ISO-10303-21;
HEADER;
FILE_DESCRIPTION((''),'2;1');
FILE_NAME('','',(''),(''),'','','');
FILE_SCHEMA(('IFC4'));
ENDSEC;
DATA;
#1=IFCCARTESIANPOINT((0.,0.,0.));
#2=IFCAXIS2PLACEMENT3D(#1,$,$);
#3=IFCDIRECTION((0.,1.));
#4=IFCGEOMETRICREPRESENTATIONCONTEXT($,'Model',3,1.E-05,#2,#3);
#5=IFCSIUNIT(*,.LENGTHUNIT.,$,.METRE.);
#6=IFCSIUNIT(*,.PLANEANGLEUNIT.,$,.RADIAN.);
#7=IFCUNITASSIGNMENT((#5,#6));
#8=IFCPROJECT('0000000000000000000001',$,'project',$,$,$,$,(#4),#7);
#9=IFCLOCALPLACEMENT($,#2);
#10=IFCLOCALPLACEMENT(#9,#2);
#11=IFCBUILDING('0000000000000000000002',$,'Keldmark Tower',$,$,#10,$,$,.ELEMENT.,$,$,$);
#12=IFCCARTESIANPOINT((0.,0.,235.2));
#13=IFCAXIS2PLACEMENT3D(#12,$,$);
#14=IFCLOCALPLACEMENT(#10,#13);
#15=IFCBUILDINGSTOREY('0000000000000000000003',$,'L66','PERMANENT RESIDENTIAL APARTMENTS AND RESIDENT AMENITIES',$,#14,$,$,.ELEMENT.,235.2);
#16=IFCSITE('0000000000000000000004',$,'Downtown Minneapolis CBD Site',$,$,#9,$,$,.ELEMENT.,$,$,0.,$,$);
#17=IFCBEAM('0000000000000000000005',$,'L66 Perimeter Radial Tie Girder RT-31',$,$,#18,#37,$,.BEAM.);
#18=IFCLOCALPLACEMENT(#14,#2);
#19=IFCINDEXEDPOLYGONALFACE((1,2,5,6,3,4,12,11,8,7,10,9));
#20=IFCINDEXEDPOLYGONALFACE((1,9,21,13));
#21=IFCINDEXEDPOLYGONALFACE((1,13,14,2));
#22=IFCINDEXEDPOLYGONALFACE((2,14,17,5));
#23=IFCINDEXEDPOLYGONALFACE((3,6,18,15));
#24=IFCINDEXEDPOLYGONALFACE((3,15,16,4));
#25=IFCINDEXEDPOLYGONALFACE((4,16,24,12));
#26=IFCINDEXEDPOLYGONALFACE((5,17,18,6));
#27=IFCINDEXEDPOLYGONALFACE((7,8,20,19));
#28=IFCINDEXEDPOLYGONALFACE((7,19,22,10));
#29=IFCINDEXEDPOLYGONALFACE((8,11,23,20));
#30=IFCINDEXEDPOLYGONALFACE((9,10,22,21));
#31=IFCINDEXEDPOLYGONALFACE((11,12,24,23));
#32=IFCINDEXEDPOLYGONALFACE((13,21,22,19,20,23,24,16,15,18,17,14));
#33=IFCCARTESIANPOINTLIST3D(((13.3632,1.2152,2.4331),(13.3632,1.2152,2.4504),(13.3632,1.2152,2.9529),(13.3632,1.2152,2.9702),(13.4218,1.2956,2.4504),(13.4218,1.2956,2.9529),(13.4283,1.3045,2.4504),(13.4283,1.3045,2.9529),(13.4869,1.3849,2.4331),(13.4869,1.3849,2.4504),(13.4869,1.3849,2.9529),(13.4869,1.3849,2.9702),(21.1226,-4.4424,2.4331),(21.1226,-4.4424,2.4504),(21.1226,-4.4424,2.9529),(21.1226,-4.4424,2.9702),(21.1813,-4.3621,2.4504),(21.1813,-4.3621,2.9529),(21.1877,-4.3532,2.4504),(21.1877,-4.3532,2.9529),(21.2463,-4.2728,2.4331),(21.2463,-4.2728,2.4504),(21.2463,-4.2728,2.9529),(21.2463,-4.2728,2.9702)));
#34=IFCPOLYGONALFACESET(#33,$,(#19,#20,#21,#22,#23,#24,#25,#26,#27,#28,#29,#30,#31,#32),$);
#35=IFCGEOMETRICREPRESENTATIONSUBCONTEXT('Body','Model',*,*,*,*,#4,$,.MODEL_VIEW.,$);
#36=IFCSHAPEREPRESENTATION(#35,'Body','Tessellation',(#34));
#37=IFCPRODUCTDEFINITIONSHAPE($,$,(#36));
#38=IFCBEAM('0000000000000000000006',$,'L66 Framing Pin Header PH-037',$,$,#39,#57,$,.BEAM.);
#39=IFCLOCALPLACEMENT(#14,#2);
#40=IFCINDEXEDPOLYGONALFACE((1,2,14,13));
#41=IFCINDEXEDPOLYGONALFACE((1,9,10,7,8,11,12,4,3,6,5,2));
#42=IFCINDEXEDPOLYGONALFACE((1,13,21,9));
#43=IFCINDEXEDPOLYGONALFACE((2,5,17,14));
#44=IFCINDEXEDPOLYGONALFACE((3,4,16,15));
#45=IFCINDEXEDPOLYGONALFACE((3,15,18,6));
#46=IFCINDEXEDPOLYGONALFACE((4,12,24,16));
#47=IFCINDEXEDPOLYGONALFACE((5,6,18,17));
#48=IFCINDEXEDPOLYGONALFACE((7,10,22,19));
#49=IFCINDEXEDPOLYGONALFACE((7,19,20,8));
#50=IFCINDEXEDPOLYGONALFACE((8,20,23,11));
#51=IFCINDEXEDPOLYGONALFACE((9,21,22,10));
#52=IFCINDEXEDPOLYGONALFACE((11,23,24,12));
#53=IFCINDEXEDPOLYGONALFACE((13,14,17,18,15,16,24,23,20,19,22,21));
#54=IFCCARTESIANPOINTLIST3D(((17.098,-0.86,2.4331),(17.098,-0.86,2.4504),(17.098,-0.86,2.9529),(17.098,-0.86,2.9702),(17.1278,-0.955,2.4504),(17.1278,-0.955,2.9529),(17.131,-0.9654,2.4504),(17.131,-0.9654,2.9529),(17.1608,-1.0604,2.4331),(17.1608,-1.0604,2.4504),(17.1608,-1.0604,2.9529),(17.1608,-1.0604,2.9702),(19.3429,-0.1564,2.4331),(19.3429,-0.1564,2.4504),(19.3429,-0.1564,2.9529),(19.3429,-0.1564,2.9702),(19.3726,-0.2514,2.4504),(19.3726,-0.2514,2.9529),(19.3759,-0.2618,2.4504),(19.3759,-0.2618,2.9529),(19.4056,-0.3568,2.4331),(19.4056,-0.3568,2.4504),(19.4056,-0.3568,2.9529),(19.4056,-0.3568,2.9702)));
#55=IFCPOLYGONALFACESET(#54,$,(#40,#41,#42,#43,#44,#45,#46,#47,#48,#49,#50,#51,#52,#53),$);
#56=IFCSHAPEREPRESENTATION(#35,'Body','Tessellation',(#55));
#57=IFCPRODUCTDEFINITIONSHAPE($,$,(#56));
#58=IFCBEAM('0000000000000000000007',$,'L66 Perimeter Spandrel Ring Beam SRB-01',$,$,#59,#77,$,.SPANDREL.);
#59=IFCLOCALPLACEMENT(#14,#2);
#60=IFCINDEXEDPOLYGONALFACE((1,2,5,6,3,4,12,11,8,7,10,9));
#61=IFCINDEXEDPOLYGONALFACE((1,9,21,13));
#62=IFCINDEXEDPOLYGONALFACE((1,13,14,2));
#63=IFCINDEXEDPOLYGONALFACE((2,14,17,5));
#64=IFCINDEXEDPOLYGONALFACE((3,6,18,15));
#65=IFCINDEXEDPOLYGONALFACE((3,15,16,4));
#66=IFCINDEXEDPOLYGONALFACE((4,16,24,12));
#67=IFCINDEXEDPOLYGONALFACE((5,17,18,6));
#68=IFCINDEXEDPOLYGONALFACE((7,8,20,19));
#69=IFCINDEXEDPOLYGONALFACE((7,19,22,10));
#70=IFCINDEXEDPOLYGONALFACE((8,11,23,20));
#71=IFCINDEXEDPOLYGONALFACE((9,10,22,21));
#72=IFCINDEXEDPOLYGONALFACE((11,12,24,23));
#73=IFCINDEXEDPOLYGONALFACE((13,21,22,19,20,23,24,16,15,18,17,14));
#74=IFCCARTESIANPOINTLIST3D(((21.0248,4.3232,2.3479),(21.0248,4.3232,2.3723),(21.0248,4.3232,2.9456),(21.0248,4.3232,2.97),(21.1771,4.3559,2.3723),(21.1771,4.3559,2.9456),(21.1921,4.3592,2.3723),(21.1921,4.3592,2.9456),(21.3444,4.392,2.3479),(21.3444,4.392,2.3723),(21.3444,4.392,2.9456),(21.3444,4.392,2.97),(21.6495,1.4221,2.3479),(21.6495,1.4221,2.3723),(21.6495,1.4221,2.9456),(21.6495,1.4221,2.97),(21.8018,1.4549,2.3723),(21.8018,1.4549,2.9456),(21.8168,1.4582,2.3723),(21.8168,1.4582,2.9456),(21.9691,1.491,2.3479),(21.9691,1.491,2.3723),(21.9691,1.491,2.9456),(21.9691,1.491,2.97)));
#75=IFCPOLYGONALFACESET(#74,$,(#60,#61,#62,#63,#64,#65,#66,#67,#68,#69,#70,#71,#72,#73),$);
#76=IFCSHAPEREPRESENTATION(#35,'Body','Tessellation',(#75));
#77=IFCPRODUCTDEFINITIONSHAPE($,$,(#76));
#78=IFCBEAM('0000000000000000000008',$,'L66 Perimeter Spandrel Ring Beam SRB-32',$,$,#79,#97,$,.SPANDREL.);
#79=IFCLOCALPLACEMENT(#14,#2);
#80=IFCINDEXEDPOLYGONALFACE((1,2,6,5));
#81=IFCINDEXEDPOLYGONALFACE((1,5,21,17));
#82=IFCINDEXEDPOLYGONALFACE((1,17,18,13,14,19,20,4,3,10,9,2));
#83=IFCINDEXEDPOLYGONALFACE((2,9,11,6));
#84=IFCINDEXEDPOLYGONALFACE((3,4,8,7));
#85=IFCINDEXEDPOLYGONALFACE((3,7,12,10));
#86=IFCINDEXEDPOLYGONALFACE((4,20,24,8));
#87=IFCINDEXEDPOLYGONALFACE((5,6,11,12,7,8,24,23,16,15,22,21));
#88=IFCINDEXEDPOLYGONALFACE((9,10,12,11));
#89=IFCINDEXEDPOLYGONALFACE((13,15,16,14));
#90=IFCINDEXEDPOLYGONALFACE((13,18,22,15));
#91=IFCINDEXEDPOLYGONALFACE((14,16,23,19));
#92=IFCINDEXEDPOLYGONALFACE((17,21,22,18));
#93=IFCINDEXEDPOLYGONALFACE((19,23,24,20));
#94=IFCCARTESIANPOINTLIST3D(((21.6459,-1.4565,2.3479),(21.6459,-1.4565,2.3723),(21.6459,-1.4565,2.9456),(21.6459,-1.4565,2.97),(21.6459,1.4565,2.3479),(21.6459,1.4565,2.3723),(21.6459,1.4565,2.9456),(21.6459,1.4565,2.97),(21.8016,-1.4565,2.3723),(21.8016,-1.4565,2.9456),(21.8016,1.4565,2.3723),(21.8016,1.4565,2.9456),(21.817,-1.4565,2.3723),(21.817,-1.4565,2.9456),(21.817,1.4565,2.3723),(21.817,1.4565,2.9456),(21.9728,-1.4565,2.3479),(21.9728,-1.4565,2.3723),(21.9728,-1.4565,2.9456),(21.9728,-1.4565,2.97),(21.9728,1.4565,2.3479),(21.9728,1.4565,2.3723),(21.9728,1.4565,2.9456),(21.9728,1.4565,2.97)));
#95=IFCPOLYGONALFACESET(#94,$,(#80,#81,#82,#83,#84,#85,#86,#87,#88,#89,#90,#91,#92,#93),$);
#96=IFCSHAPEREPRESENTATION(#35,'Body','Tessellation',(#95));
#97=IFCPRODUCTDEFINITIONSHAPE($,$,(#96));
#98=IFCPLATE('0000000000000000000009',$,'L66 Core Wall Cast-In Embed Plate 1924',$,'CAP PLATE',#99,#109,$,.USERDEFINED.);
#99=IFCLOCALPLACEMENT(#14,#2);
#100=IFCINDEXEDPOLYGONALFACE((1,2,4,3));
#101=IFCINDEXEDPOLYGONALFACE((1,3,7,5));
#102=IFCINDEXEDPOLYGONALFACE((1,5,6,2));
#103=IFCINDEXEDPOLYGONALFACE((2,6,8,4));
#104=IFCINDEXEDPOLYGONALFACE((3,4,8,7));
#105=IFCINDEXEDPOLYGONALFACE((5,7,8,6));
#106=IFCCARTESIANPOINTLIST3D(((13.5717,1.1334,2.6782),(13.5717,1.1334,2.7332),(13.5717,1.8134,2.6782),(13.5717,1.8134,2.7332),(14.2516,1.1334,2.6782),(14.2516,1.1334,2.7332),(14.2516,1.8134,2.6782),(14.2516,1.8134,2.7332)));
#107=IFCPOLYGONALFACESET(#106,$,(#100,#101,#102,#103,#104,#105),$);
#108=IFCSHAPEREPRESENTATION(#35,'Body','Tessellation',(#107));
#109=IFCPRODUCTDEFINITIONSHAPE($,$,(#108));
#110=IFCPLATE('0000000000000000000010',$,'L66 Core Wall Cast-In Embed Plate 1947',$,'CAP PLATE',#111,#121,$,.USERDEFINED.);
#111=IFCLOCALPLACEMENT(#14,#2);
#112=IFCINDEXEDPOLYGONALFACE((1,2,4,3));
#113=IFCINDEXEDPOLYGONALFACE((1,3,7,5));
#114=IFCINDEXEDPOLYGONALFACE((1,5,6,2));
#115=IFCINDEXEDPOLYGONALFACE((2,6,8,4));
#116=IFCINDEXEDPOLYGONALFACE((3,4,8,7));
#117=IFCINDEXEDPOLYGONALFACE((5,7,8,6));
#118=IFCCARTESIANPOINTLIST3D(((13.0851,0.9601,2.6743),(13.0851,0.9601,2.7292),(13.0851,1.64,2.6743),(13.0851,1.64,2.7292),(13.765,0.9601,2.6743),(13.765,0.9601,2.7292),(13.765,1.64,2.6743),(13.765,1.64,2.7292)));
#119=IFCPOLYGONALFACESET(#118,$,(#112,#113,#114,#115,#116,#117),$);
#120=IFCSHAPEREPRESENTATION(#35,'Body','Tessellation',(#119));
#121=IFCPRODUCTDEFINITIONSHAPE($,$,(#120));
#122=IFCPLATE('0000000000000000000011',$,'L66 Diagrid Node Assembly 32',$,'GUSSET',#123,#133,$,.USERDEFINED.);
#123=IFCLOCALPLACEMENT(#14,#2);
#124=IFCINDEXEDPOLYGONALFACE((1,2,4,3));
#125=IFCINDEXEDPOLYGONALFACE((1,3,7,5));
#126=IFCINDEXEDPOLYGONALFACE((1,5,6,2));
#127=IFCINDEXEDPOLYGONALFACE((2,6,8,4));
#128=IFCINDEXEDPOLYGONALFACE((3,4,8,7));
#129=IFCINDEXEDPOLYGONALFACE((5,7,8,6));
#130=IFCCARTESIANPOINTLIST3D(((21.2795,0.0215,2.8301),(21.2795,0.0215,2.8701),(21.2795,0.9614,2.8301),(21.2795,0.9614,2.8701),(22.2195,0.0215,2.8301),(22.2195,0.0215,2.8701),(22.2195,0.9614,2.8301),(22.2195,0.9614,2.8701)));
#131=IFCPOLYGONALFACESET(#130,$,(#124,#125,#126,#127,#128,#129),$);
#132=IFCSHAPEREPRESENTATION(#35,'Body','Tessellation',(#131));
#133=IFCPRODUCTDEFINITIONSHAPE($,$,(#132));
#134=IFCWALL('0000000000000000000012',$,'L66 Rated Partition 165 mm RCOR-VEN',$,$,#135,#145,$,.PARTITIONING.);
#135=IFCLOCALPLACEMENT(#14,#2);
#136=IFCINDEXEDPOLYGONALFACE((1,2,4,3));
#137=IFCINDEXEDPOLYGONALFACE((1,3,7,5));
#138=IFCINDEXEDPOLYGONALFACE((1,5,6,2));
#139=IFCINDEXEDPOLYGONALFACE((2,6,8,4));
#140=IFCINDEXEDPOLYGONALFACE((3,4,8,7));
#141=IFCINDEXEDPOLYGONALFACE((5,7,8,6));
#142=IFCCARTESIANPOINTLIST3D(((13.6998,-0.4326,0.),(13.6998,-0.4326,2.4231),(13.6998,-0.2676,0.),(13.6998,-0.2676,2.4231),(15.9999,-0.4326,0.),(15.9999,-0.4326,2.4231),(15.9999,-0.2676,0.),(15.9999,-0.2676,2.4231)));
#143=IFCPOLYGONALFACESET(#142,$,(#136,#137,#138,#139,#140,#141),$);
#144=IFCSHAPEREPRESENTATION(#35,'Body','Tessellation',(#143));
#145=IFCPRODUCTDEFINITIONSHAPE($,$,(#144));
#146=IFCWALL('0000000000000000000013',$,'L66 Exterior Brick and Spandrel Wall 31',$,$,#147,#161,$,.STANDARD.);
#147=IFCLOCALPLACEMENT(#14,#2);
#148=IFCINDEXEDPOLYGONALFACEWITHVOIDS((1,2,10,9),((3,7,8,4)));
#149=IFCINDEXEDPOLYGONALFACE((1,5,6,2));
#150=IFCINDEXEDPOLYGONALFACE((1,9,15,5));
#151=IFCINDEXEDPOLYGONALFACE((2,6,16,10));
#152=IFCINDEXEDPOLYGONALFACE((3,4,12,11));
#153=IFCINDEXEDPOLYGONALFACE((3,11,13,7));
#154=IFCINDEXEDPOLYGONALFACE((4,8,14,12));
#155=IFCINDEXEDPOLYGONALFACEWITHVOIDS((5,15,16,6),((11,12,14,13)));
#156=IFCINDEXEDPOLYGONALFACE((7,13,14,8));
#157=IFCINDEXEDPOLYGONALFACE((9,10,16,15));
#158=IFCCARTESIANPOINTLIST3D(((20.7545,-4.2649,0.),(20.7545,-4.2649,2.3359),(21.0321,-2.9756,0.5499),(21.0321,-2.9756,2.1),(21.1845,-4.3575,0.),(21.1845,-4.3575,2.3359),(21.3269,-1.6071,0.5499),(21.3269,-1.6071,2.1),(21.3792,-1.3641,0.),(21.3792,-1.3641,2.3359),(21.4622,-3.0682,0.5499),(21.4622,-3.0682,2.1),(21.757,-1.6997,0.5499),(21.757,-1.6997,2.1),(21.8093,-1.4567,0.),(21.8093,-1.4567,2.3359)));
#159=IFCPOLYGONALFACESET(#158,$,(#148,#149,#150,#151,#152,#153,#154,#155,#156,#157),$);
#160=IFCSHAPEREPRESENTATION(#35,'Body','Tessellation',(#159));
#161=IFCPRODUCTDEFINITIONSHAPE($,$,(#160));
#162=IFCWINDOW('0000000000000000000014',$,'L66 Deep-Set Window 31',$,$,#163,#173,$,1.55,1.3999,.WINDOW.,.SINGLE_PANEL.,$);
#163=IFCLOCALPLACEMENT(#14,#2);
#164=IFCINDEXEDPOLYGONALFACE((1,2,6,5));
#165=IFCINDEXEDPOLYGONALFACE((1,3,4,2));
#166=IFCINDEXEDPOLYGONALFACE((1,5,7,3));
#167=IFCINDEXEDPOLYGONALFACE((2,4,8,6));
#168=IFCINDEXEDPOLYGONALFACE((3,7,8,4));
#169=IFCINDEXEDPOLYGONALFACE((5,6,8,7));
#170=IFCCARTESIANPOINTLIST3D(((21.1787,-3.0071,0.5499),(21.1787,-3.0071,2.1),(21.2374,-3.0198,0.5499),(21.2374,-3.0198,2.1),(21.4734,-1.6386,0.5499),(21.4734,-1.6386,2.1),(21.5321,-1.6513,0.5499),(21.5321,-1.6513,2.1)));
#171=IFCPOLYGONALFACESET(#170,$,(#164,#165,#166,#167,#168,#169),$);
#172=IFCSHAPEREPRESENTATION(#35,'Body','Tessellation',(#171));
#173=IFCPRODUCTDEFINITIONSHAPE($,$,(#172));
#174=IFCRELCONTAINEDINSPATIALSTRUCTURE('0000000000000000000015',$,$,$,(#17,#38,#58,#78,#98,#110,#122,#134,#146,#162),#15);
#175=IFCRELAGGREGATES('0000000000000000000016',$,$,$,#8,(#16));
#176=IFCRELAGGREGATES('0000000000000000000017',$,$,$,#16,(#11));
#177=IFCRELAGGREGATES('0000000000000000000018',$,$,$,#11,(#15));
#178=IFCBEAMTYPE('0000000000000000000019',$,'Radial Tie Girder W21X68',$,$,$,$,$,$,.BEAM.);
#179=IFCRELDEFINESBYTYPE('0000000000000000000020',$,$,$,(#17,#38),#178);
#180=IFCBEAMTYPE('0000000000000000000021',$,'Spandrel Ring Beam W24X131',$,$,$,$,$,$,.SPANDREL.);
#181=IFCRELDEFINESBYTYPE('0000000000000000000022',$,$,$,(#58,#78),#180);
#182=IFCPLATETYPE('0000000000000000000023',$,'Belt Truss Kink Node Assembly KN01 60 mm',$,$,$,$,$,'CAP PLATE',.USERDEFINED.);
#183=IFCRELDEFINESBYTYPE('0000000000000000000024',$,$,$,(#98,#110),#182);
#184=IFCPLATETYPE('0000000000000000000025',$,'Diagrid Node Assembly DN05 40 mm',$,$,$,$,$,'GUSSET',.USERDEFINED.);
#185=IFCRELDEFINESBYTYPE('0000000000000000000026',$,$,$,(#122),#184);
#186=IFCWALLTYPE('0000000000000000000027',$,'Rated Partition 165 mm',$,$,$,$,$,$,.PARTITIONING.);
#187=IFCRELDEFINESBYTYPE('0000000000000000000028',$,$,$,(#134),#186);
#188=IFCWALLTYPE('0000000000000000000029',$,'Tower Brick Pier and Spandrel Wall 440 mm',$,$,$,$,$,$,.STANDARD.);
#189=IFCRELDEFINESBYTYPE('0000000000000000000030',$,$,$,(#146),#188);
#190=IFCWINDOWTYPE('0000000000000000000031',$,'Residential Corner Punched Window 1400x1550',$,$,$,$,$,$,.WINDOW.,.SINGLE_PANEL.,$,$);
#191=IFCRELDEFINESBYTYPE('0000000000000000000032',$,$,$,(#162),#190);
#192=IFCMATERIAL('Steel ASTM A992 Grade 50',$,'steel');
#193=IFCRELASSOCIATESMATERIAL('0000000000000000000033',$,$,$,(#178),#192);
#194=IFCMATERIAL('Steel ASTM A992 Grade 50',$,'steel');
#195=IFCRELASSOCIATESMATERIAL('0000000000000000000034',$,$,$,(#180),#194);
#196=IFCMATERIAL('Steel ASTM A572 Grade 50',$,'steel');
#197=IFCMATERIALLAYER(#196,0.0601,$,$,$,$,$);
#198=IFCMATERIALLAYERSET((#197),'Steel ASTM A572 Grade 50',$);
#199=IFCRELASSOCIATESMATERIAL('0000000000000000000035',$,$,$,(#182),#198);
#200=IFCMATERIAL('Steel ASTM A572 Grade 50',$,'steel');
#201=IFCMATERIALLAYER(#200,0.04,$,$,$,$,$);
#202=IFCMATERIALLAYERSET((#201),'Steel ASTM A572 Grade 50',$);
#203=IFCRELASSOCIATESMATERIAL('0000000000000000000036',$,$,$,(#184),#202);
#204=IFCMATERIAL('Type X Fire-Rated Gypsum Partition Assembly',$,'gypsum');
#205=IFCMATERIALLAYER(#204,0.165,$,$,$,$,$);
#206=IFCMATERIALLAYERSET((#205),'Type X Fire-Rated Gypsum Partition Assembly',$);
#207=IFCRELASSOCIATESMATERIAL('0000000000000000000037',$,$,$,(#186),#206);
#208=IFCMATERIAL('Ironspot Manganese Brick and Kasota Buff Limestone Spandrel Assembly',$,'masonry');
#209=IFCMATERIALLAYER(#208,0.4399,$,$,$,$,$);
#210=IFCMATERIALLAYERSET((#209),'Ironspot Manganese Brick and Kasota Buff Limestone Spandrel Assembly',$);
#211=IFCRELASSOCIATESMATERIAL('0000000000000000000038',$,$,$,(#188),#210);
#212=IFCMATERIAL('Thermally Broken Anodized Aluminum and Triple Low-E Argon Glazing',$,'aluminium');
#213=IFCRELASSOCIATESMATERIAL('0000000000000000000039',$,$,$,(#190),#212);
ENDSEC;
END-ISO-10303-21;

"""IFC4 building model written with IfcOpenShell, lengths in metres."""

from ifc_helpers import new_model, si_unit, direction, frame, frame_2d, origin, origin_2d, place, context, subcontext, project, spatial, rectangle, i_section, extrude, material, layer, layer_set, material_profile, profile_set, type_object, element, fill, save


model = new_model("IFC4")

# Units and contexts
model_context = context("Model", 3, precision=1e-05, world=origin(), true_north=direction((0.0, 1.0)))
body_context = subcontext(model_context, "Body", "Model", "MODEL_VIEW")
ifc_project = project(units=[si_unit("LENGTHUNIT", "METRE"), si_unit("PLANEANGLEUNIT", "RADIAN")], contexts=[model_context])

# Site, building, storey
site_placement = place(None, origin())
site = spatial("IfcSite", under=ifc_project, at=site_placement, Name="Downtown Minneapolis CBD Site", CompositionType="ELEMENT", RefElevation=0.0)
building_placement = place(site_placement, origin())
building = spatial("IfcBuilding", under=site, at=building_placement, Name="Keldmark Tower", CompositionType="ELEMENT")
storey_placement = place(building_placement, frame((0.0, 0.0, 235.2)))
storey = spatial("IfcBuildingStorey", under=building, at=storey_placement, Name="L66", Description="PERMANENT RESIDENTIAL APARTMENTS AND RESIDENT AMENITIES", CompositionType="ELEMENT", Elevation=235.2)

# Beams
ifc_material_1 = material(Name="Steel ASTM A992 Grade 50", Category="steel")
ifc_material_profile_1 = material_profile(ifc_material_1, i_section(OverallWidth=0.21, OverallDepth=0.5371, WebThickness=0.011, FlangeThickness=0.0173, at=origin_2d()), Name="W21X68")
ifc_profile_set_1 = profile_set([ifc_material_profile_1], Name="Steel ASTM A992 Grade 50")
beam_type_1 = type_object("IfcBeamType", Name="Radial Tie Girder W21X68", PredefinedType="BEAM", material=ifc_profile_set_1)
beam_1_placement = place(storey_placement, frame((13.425, 1.3, 2.7017), z_axis=(0.808021, -0.589154, 0.0), x_axis=(0.589154, 0.808021, 0.0)))
element("IfcBeam", 1, at=beam_1_placement, inside=storey, type_object=beam_type_1, Name="L66 Perimeter Radial Tie Girder RT-31", PredefinedType="BEAM", context=body_context, shape_type="SweptSolid", body=[
    extrude(i_section(OverallWidth=0.21, OverallDepth=0.5371, WebThickness=0.011, FlangeThickness=0.0173, at=origin_2d()), origin(), (0.0, 0.0, 1.0), 9.603),
])
beam_2_placement = place(storey_placement, frame((17.1294, -0.9602, 2.7017), z_axis=(0.954227, 0.299084, 0.0), x_axis=(-0.299084, 0.954227, 0.0)))
element("IfcBeam", 2, at=beam_2_placement, inside=storey, type_object=beam_type_1, Name="L66 Framing Pin Header PH-037", PredefinedType="BEAM", context=body_context, shape_type="SweptSolid", body=[
    extrude(i_section(OverallWidth=0.21, OverallDepth=0.5371, WebThickness=0.011, FlangeThickness=0.0173, at=origin_2d()), origin(), (0.0, 0.0, 1.0), 2.3525),
])
ifc_material_2 = material(Name="Steel ASTM A992 Grade 50", Category="steel")
ifc_material_profile_2 = material_profile(ifc_material_2, i_section(OverallWidth=0.3269, OverallDepth=0.6221, WebThickness=0.0154, FlangeThickness=0.0244, at=origin_2d()), Name="W24X131")
ifc_profile_set_2 = profile_set([ifc_material_profile_2], Name="Steel ASTM A992 Grade 50")
beam_type_2 = type_object("IfcBeamType", Name="Spandrel Ring Beam W24X131", PredefinedType="SPANDREL", material=ifc_profile_set_2)
beam_3_placement = place(storey_placement, frame((21.8093, 1.4565, 2.6589), z_axis=(-0.210523, 0.977589, 0.0), x_axis=(-0.977589, -0.210523, 0.0)))
element("IfcBeam", 3, at=beam_3_placement, inside=storey, type_object=beam_type_2, Name="L66 Perimeter Spandrel Ring Beam SRB-01", PredefinedType="SPANDREL", context=body_context, shape_type="SweptSolid", body=[
    extrude(i_section(OverallWidth=0.3269, OverallDepth=0.6221, WebThickness=0.0154, FlangeThickness=0.0244, at=origin_2d()), origin(), (0.0, 0.0, 1.0), 2.9675),
])
beam_4_placement = place(storey_placement, frame((21.8093, -1.4565, 2.6589), z_axis=(0.0, 1.0, 0.0), x_axis=(-1.0, 0.0, 0.0)))
element("IfcBeam", 4, at=beam_4_placement, inside=storey, type_object=beam_type_2, Name="L66 Perimeter Spandrel Ring Beam SRB-32", PredefinedType="SPANDREL", context=body_context, shape_type="SweptSolid", body=[
    extrude(i_section(OverallWidth=0.3269, OverallDepth=0.6221, WebThickness=0.0154, FlangeThickness=0.0244, at=origin_2d()), origin(), (0.0, 0.0, 1.0), 2.9131),
])

# Plates
ifc_material_3 = material(Name="Steel ASTM A572 Grade 50", Category="steel")
ifc_layer_1 = layer(ifc_material_3, 0.0601)
ifc_layer_set_1 = layer_set([ifc_layer_1], Name="Steel ASTM A572 Grade 50")
plate_type_1 = type_object("IfcPlateType", Name="Belt Truss Kink Node Assembly KN01 60 mm", ElementType="CAP PLATE", PredefinedType="USERDEFINED", material=ifc_layer_set_1)
for number, where, z_axis, x_axis, name in (
    (5, (13.9116, 1.4734, 2.6782), (0.0, 0.0, 1.0), (1.0, 0.0, 0.0), "L66 Core Wall Cast-In Embed Plate 1924"),
    (6, (13.425, 1.3, 2.6743), (0.0, 0.0, 1.0), (1.0, 0.0, 0.0), "L66 Core Wall Cast-In Embed Plate 1947"),
):
    element("IfcPlate", number, at=place(storey_placement, frame(where, z_axis=z_axis, x_axis=x_axis)), inside=storey, type_object=plate_type_1, Name=name, ObjectType="CAP PLATE", PredefinedType="USERDEFINED", context=body_context, shape_type="SweptSolid", body=[
        extrude(rectangle(XDim=0.6799, YDim=0.6799, at=origin_2d()), origin(), (0.0, 0.0, 1.0), 0.0549),
    ])
ifc_material_4 = material(Name="Steel ASTM A572 Grade 50", Category="steel")
ifc_layer_2 = layer(ifc_material_4, 0.04)
ifc_layer_set_2 = layer_set([ifc_layer_2], Name="Steel ASTM A572 Grade 50")
plate_type_2 = type_object("IfcPlateType", Name="Diagrid Node Assembly DN05 40 mm", ElementType="GUSSET", PredefinedType="USERDEFINED", material=ifc_layer_set_2)
plate_placement = place(storey_placement, frame((21.7495, 0.4915, 2.8301), z_axis=(0.0, 0.0, 1.0), x_axis=(0.0, 1.0, 0.0)))
element("IfcPlate", 7, at=plate_placement, inside=storey, type_object=plate_type_2, Name="L66 Diagrid Node Assembly 32", ObjectType="GUSSET", PredefinedType="USERDEFINED", context=body_context, shape_type="SweptSolid", body=[
    extrude(rectangle(XDim=0.9399, YDim=0.9399, at=origin_2d()), origin(), (0.0, 0.0, 1.0), 0.04),
])

# Shared definitions
ifc_material_5 = material(Name="Type X Fire-Rated Gypsum Partition Assembly", Category="gypsum")
ifc_layer_3 = layer(ifc_material_5, 0.165)
ifc_layer_set_3 = layer_set([ifc_layer_3], Name="Type X Fire-Rated Gypsum Partition Assembly")
wall_type_1 = type_object("IfcWallType", Name="Rated Partition 165 mm", PredefinedType="PARTITIONING", material=ifc_layer_set_3)

# Wall
wall_1_placement = place(storey_placement, frame((13.7, -0.3501, 0.0), z_axis=(0.0, 0.0, 1.0), x_axis=(1.0, 0.0, 0.0)))
element("IfcWall", 8, at=wall_1_placement, inside=storey, type_object=wall_type_1, Name="L66 Rated Partition 165 mm RCOR-VEN", PredefinedType="PARTITIONING", context=body_context, shape_type="SweptSolid", body=[
    extrude(rectangle(XDim=2.3, YDim=0.165, at=frame_2d((1.1499, 0.0))), origin(), (0.0, 0.0, 1.0), 2.4231),
])

# Wall, opening, window
ifc_material_6 = material(Name="Ironspot Manganese Brick and Kasota Buff Limestone Spandrel Assembly", Category="masonry")
ifc_layer_4 = layer(ifc_material_6, 0.4399)
ifc_layer_set_4 = layer_set([ifc_layer_4], Name="Ironspot Manganese Brick and Kasota Buff Limestone Spandrel Assembly")
wall_type_2 = type_object("IfcWallType", Name="Tower Brick Pier and Spandrel Wall 440 mm", PredefinedType="STANDARD", material=ifc_layer_set_4)
wall_2_placement = place(storey_placement, frame((21.5942, -1.4104, 0.0), z_axis=(0.0, 0.0, 1.0), x_axis=(-0.21054, -0.977585, 0.0)))
wall_2 = element("IfcWall", 9, at=wall_2_placement, inside=storey, type_object=wall_type_2, Name="L66 Exterior Brick and Spandrel Wall 31", PredefinedType="STANDARD", context=body_context, shape_type="SweptSolid", body=[
    extrude(rectangle(XDim=2.9673, YDim=0.4399, at=frame_2d((1.4836, 0.0))), origin(), (0.0, 0.0, 1.0), 2.3359),
])
opening_1_placement = place(wall_2_placement, frame((0.2485, 0.0, 0.55)))
opening_1 = element("IfcOpeningElement", 10, at=opening_1_placement, cuts=wall_2, PredefinedType="OPENING", context=body_context, shape_type="SweptSolid", body=[
    extrude(rectangle(XDim=1.3999, YDim=1.55, at=frame_2d((0.7, 0.7749))), frame((0.0, 0.23, 0.0), z_axis=(0.0, -1.0, 0.0), x_axis=(1.0, 0.0, 0.0)), (0.0, 0.0, 1.0), 0.46),
])
ifc_material_7 = material(Name="Thermally Broken Anodized Aluminum and Triple Low-E Argon Glazing", Category="aluminium")
window_type = type_object("IfcWindowType", Name="Residential Corner Punched Window 1400x1550", PartitioningType="SINGLE_PANEL", PredefinedType="WINDOW", material=ifc_material_7)
window_1_placement = place(opening_1_placement, origin())
window_1 = element("IfcWindow", 11, at=window_1_placement, inside=storey, type_object=window_type, Name="L66 Deep-Set Window 31", OverallHeight=1.55, OverallWidth=1.3999, PartitioningType="SINGLE_PANEL", PredefinedType="WINDOW", context=body_context, shape_type="SweptSolid", body=[
    extrude(rectangle(XDim=1.3999, YDim=1.55, at=frame_2d((0.7, 0.7749))), frame((0.0, -0.01, 0.0), z_axis=(0.0, -1.0, 0.0), x_axis=(1.0, 0.0, 0.0)), (0.0, 0.0, 1.0), 0.0601),
])
fill(opening_1, window_1)

save(model, "model.ifc")
